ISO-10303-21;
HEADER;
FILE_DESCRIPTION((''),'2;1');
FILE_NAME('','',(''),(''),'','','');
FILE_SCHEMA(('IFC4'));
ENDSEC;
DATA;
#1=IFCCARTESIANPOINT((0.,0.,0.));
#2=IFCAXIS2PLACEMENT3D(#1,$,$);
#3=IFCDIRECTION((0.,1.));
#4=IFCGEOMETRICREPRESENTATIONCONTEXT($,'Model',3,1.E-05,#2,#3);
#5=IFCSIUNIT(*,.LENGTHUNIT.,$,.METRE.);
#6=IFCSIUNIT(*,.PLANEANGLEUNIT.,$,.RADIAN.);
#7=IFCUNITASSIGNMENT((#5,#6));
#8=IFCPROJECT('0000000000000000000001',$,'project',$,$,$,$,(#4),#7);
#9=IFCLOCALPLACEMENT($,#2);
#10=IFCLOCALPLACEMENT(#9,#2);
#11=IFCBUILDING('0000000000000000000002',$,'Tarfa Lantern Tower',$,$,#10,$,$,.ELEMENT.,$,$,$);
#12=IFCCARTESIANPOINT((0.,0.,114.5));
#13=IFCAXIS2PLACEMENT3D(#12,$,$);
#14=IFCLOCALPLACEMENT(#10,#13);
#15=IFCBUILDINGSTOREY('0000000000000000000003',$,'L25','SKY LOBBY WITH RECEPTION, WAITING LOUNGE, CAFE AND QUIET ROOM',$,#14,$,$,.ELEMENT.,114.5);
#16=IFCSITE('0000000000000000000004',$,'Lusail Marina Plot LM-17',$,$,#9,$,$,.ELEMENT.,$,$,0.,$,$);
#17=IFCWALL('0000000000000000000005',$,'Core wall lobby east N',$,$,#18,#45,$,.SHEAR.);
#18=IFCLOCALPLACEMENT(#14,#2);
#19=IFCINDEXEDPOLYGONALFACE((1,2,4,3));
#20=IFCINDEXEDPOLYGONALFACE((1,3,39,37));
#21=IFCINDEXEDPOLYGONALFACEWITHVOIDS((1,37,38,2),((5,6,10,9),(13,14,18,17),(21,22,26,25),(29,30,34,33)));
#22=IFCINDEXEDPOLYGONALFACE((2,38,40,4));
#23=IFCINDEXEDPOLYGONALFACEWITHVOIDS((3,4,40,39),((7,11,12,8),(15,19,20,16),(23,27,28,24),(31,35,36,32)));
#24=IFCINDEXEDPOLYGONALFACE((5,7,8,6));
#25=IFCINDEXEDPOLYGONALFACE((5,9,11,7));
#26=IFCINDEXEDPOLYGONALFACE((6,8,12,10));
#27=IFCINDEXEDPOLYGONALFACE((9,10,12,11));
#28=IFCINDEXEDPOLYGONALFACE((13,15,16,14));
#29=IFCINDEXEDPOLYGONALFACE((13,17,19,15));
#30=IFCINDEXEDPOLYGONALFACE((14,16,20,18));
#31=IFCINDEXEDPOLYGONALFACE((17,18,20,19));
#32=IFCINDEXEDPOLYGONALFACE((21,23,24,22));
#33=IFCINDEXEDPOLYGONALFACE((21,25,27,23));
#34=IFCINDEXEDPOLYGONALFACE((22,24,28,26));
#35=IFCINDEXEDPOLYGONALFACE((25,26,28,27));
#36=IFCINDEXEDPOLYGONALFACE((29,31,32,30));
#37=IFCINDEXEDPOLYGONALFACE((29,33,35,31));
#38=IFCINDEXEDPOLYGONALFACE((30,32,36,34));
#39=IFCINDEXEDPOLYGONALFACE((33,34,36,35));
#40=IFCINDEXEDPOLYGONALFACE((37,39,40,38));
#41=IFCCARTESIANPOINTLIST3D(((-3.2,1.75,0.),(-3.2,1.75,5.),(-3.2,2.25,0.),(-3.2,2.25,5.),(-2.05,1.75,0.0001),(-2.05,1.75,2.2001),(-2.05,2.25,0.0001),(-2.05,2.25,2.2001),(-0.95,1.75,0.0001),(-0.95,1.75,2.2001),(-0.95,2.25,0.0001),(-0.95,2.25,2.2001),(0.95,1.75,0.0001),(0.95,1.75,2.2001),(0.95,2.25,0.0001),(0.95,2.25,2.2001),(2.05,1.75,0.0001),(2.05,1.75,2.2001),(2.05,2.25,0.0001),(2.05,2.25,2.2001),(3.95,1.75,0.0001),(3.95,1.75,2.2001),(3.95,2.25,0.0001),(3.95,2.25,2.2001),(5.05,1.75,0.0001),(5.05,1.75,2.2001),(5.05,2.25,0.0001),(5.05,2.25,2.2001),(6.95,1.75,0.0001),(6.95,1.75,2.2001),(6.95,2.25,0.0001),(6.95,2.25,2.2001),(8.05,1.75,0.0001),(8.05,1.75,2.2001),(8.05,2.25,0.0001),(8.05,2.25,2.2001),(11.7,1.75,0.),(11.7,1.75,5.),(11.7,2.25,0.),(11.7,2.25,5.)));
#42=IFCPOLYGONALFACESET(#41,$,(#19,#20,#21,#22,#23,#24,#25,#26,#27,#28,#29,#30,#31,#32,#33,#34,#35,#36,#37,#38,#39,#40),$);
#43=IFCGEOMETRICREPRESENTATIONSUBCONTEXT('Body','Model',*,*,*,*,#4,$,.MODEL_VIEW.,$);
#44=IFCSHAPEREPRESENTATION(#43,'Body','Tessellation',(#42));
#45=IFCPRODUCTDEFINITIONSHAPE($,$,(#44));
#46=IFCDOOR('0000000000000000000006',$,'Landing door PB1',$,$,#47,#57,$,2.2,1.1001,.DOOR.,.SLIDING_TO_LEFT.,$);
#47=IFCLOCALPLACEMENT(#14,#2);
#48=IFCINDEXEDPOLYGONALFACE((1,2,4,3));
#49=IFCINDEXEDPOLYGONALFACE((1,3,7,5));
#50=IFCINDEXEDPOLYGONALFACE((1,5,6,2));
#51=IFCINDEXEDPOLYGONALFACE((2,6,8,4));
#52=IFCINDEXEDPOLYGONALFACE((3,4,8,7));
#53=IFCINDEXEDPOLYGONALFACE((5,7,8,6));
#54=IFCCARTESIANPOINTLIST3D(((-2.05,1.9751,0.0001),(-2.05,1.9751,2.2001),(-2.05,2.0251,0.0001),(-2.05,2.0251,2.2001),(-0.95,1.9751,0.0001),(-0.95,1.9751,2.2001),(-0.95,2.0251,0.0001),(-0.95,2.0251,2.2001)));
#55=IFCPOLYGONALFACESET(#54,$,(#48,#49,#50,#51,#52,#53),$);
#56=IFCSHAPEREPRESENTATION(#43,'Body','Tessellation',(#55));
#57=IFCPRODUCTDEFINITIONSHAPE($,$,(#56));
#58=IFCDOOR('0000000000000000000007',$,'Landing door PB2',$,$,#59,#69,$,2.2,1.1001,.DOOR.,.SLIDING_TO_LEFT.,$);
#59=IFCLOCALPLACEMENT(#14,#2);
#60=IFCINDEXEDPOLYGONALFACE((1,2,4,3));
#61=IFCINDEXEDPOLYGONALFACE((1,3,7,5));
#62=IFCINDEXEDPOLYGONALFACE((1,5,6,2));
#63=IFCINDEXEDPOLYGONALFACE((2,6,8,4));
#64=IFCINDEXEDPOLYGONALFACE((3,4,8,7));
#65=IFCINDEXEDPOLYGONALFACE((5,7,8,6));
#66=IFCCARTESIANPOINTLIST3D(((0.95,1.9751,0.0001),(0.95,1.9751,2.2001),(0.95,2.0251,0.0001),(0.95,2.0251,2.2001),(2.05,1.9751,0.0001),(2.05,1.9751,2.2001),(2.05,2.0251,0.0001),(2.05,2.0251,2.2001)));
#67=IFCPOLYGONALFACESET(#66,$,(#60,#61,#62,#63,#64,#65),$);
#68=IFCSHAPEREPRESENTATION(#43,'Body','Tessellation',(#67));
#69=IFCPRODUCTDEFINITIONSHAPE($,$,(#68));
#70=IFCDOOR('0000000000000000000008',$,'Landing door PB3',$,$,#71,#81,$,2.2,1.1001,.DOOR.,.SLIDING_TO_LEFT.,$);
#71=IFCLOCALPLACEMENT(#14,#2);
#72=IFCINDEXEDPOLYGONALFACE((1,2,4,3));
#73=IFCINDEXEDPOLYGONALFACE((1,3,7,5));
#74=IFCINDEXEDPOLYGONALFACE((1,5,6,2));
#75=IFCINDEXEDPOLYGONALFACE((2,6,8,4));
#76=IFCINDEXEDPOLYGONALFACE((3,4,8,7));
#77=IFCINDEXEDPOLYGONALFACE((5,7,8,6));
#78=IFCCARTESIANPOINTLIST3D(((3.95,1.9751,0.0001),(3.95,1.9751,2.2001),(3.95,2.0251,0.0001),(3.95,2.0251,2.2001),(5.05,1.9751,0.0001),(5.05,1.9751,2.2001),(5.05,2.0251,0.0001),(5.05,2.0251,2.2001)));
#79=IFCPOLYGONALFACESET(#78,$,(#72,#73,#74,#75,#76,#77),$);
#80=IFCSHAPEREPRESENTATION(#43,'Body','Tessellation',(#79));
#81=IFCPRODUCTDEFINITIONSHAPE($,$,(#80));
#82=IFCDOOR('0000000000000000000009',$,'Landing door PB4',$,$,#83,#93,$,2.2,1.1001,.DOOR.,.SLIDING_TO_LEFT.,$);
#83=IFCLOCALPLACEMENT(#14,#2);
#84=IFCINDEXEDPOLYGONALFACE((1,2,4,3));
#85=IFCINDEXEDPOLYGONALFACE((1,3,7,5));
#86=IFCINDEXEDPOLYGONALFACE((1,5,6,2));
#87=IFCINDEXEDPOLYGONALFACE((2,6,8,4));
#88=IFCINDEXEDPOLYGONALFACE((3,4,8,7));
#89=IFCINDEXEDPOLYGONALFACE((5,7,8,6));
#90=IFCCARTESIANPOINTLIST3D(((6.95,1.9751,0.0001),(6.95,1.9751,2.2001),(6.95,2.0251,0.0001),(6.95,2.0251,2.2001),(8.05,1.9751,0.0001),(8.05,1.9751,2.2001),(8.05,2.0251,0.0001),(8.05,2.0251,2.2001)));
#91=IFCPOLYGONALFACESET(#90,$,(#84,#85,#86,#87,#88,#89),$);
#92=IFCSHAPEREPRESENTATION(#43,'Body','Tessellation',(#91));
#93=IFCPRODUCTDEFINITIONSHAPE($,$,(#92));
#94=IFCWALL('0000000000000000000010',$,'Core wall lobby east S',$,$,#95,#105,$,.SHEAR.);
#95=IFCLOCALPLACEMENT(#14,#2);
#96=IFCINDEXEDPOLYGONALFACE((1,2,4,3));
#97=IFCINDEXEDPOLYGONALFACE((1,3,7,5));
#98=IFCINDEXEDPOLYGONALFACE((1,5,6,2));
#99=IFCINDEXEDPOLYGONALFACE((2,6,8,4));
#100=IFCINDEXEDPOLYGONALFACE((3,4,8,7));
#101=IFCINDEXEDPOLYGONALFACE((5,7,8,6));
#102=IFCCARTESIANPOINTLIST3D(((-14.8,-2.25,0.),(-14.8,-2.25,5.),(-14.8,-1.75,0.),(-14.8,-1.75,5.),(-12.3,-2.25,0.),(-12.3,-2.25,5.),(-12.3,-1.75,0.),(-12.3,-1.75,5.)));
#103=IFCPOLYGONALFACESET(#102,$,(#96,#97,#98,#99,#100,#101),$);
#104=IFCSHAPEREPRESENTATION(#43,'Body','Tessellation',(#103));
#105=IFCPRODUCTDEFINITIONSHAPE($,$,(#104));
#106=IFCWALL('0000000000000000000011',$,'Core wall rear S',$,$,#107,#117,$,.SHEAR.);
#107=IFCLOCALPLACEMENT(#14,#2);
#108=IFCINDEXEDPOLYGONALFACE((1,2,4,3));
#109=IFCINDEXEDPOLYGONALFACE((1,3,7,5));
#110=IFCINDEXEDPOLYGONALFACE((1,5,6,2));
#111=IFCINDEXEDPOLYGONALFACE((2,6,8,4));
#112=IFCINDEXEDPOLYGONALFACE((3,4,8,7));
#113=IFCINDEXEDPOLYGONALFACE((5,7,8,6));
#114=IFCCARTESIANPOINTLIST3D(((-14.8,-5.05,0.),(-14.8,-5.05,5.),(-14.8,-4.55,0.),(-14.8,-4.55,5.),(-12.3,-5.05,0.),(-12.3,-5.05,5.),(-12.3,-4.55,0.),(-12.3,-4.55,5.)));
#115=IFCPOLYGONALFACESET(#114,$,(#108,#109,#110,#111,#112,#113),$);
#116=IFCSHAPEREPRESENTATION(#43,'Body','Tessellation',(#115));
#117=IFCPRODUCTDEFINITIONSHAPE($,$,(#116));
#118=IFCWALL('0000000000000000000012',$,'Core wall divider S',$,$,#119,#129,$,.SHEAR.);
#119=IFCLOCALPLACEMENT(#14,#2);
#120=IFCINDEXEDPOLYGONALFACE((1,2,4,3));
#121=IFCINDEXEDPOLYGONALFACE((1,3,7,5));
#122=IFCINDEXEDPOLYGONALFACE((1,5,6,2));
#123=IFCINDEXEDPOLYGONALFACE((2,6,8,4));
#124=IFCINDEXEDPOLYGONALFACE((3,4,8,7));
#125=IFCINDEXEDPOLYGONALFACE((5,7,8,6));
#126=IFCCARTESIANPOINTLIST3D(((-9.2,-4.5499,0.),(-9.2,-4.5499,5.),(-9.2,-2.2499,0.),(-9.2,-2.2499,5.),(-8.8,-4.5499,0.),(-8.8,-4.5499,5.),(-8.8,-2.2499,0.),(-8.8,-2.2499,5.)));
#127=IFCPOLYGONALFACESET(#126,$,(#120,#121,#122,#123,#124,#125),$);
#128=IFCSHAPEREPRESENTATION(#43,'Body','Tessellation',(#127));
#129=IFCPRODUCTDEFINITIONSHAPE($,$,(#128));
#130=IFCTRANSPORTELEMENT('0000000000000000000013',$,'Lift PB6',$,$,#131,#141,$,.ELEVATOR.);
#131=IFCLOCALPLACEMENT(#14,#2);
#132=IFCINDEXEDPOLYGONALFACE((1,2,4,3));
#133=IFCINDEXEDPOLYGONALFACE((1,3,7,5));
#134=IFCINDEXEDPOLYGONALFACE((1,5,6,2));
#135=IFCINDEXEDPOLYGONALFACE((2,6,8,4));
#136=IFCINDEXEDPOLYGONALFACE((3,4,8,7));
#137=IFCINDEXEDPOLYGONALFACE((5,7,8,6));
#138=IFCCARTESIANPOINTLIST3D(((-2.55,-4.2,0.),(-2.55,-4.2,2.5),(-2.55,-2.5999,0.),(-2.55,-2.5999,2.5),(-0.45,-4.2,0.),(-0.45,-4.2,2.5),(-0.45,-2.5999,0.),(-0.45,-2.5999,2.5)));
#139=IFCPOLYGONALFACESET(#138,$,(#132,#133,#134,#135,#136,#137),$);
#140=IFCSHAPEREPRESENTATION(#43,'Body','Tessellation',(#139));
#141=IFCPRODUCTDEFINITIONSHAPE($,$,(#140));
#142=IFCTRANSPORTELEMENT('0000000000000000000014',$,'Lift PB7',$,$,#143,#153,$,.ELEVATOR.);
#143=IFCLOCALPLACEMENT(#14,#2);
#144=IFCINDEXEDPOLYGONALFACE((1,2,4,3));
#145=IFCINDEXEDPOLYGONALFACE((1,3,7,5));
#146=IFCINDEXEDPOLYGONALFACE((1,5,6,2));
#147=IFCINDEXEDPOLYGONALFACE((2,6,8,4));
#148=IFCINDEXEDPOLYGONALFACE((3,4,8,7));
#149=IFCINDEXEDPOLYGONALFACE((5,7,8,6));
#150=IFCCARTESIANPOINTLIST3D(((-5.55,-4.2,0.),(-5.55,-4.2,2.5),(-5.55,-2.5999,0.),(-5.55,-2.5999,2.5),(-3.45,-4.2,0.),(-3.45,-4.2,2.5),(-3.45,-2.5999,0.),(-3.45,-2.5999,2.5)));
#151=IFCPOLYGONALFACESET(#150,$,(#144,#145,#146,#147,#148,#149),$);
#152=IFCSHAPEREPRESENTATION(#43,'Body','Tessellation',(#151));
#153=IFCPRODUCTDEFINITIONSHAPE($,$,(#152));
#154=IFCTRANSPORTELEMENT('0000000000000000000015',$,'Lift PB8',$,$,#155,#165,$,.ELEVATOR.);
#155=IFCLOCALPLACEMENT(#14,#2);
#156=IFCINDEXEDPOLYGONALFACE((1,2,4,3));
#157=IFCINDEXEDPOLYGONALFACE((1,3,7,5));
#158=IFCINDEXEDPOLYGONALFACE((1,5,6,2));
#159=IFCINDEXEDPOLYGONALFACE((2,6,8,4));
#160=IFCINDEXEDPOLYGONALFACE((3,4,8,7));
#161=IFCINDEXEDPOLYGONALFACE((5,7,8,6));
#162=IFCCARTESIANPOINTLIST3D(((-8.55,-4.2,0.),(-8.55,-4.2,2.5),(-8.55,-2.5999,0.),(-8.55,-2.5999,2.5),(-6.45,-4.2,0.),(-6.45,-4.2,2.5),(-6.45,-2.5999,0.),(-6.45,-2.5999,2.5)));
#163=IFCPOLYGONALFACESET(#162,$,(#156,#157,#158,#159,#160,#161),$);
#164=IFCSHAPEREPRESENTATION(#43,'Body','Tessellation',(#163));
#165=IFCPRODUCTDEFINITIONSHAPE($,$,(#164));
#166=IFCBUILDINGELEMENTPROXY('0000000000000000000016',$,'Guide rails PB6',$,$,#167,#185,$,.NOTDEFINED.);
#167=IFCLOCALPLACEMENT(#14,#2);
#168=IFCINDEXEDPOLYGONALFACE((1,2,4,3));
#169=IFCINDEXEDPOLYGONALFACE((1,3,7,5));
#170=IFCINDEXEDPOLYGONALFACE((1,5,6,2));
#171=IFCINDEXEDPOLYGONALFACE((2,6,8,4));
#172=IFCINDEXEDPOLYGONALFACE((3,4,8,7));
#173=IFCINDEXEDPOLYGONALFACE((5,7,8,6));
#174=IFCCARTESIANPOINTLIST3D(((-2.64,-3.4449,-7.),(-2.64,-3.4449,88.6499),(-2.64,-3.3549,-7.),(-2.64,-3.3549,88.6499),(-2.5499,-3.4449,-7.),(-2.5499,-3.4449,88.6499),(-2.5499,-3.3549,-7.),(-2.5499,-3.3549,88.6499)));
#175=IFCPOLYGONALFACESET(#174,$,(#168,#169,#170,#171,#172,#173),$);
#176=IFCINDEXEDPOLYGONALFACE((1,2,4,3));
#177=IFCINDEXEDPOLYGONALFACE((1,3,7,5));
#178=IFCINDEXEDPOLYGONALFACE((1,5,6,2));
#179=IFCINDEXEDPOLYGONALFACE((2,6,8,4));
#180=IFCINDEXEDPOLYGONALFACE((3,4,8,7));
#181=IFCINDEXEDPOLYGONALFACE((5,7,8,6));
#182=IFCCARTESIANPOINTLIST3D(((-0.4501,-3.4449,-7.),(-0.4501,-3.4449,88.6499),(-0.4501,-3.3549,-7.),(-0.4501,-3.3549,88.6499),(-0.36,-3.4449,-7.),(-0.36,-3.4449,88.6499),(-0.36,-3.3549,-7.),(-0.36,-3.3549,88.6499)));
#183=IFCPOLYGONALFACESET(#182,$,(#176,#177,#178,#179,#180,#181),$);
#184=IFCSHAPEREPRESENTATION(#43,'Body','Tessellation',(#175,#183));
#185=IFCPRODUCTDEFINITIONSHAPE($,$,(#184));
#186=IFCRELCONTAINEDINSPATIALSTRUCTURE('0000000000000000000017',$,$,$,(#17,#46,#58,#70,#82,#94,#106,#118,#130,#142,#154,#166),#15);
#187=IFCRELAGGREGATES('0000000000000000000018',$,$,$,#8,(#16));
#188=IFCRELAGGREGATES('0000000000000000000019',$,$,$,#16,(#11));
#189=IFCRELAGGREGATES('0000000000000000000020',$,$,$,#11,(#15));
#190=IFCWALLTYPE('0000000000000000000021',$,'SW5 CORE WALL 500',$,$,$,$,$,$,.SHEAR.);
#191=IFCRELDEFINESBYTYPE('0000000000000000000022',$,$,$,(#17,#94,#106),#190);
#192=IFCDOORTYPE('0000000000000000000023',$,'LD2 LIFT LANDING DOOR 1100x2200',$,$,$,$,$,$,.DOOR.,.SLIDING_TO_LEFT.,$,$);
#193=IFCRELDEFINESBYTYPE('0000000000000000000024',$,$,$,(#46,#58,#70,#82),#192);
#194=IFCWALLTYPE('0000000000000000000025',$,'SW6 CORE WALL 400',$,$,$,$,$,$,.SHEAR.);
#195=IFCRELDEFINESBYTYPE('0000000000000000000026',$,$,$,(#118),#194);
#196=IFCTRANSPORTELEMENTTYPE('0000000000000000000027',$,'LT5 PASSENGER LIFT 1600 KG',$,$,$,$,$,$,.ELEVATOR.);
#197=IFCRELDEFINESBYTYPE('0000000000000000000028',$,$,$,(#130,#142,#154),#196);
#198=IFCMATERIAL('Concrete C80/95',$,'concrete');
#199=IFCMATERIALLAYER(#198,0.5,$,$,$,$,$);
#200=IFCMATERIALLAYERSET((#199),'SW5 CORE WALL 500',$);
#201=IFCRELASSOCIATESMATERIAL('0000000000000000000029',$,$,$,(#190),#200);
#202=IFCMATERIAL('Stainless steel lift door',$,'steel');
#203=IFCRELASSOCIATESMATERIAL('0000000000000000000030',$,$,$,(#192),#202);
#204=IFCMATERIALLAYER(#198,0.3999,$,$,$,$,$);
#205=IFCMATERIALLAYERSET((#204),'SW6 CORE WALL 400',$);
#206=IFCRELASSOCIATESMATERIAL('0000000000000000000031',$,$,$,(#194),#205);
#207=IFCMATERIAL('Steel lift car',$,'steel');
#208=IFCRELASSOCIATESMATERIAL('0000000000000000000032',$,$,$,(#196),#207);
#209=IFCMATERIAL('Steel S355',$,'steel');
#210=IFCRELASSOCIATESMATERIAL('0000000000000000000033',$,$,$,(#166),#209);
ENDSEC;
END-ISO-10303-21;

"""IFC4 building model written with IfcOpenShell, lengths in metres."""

from ifc_helpers import new_model, si_unit, direction, frame, frame_2d, origin, origin_2d, place, context, subcontext, project, spatial, rectangle, extrude, material, layer, layer_set, type_object, element, fill, save


model = new_model("IFC4")

# Units and contexts
model_context = context("Model", 3, precision=1e-05, world=origin(), true_north=direction((0.0, 1.0)))
body_context = subcontext(model_context, "Body", "Model", "MODEL_VIEW")
ifc_project = project(units=[si_unit("LENGTHUNIT", "METRE"), si_unit("PLANEANGLEUNIT", "RADIAN")], contexts=[model_context])

# Site, building, storey
site_placement = place(None, origin())
site = spatial("IfcSite", under=ifc_project, at=site_placement, Name="Lusail Marina Plot LM-17", CompositionType="ELEMENT", RefElevation=0.0)
building_placement = place(site_placement, origin())
building = spatial("IfcBuilding", under=site, at=building_placement, Name="Tarfa Lantern Tower", CompositionType="ELEMENT")
storey_placement = place(building_placement, frame((0.0, 0.0, 114.5)))
storey = spatial("IfcBuildingStorey", under=building, at=storey_placement, Name="L25", Description="SKY LOBBY WITH RECEPTION, WAITING LOUNGE, CAFE AND QUIET ROOM", CompositionType="ELEMENT", Elevation=114.5)

# Shared definitions
ifc_material_1 = material(Name="Concrete C80/95", Category="concrete")
ifc_layer_1 = layer(ifc_material_1, 0.5)
ifc_layer_set_1 = layer_set([ifc_layer_1], Name="SW5 CORE WALL 500")
wall_type_1 = type_object("IfcWallType", Name="SW5 CORE WALL 500", PredefinedType="SHEAR", material=ifc_layer_set_1)

# Wall, openings, doors
wall_1_placement = place(storey_placement, frame((-3.2, 2.0, 0.0), z_axis=(0.0, 0.0, 1.0), x_axis=(1.0, 0.0, 0.0)))
wall_1 = element("IfcWall", 1, at=wall_1_placement, inside=storey, type_object=wall_type_1, Name="Core wall lobby east N", PredefinedType="SHEAR", context=body_context, shape_type="SweptSolid", body=[
    extrude(rectangle(XDim=14.8999, YDim=0.5, at=frame_2d((7.45, 0.0))), origin(), (0.0, 0.0, 1.0), 5.0),
])
opening_1_placement = place(wall_1_placement, frame((1.1499, 0.0, 0.0)))
opening_1 = element("IfcOpeningElement", 2, at=opening_1_placement, cuts=wall_1, PredefinedType="OPENING", context=body_context, shape_type="SweptSolid", body=[
    extrude(rectangle(XDim=1.1001, YDim=2.2, at=frame_2d((0.55, 1.1001))), frame((0.0, 0.26, 0.0), z_axis=(0.0, -1.0, 0.0), x_axis=(1.0, 0.0, 0.0)), (0.0, 0.0, 1.0), 0.52),
])
opening_2_placement = place(wall_1_placement, frame((4.1499, 0.0, 0.0)))
opening_2 = element("IfcOpeningElement", 3, at=opening_2_placement, cuts=wall_1, PredefinedType="OPENING", context=body_context, shape_type="SweptSolid", body=[
    extrude(rectangle(XDim=1.1001, YDim=2.2, at=frame_2d((0.55, 1.1001))), frame((0.0, 0.26, 0.0), z_axis=(0.0, -1.0, 0.0), x_axis=(1.0, 0.0, 0.0)), (0.0, 0.0, 1.0), 0.52),
])
opening_3_placement = place(wall_1_placement, frame((7.1499, 0.0, 0.0)))
opening_3 = element("IfcOpeningElement", 4, at=opening_3_placement, cuts=wall_1, PredefinedType="OPENING", context=body_context, shape_type="SweptSolid", body=[
    extrude(rectangle(XDim=1.1001, YDim=2.2, at=frame_2d((0.55, 1.1001))), frame((0.0, 0.26, 0.0), z_axis=(0.0, -1.0, 0.0), x_axis=(1.0, 0.0, 0.0)), (0.0, 0.0, 1.0), 0.52),
])
opening_4_placement = place(wall_1_placement, frame((10.1499, 0.0, 0.0)))
opening_4 = element("IfcOpeningElement", 5, at=opening_4_placement, cuts=wall_1, PredefinedType="OPENING", context=body_context, shape_type="SweptSolid", body=[
    extrude(rectangle(XDim=1.1001, YDim=2.2, at=frame_2d((0.55, 1.1001))), frame((0.0, 0.26, 0.0), z_axis=(0.0, -1.0, 0.0), x_axis=(1.0, 0.0, 0.0)), (0.0, 0.0, 1.0), 0.52),
])
ifc_material_2 = material(Name="Stainless steel lift door", Category="steel")
door_type = type_object("IfcDoorType", Name="LD2 LIFT LANDING DOOR 1100x2200", OperationType="SLIDING_TO_LEFT", PredefinedType="DOOR", material=ifc_material_2)
door_1_placement = place(opening_1_placement, frame((1.1001, 0.0, 0.0), z_axis=(0.0, 0.0, 1.0), x_axis=(-1.0, 0.0, 0.0)))
door_1 = element("IfcDoor", 6, at=door_1_placement, inside=storey, type_object=door_type, Name="Landing door PB1", OperationType="SLIDING_TO_LEFT", OverallHeight=2.2, OverallWidth=1.1001, PredefinedType="DOOR", context=body_context, shape_type="SweptSolid", body=[
    extrude(rectangle(XDim=1.1001, YDim=2.2, at=frame_2d((0.55, 1.1001))), frame((0.0, 0.0249, 0.0), z_axis=(0.0, -1.0, 0.0), x_axis=(1.0, 0.0, 0.0)), (0.0, 0.0, 1.0), 0.05),
])
fill(opening_1, door_1)
door_2_placement = place(opening_2_placement, frame((1.1001, 0.0, 0.0), z_axis=(0.0, 0.0, 1.0), x_axis=(-1.0, 0.0, 0.0)))
door_2 = element("IfcDoor", 7, at=door_2_placement, inside=storey, type_object=door_type, Name="Landing door PB2", OperationType="SLIDING_TO_LEFT", OverallHeight=2.2, OverallWidth=1.1001, PredefinedType="DOOR", context=body_context, shape_type="SweptSolid", body=[
    extrude(rectangle(XDim=1.1001, YDim=2.2, at=frame_2d((0.55, 1.1001))), frame((0.0, 0.0249, 0.0), z_axis=(0.0, -1.0, 0.0), x_axis=(1.0, 0.0, 0.0)), (0.0, 0.0, 1.0), 0.05),
])
fill(opening_2, door_2)
door_3_placement = place(opening_3_placement, frame((1.1001, 0.0, 0.0), z_axis=(0.0, 0.0, 1.0), x_axis=(-1.0, 0.0, 0.0)))
door_3 = element("IfcDoor", 8, at=door_3_placement, inside=storey, type_object=door_type, Name="Landing door PB3", OperationType="SLIDING_TO_LEFT", OverallHeight=2.2, OverallWidth=1.1001, PredefinedType="DOOR", context=body_context, shape_type="SweptSolid", body=[
    extrude(rectangle(XDim=1.1001, YDim=2.2, at=frame_2d((0.55, 1.1001))), frame((0.0, 0.0249, 0.0), z_axis=(0.0, -1.0, 0.0), x_axis=(1.0, 0.0, 0.0)), (0.0, 0.0, 1.0), 0.05),
])
fill(opening_3, door_3)
door_4_placement = place(opening_4_placement, frame((1.1001, 0.0, 0.0), z_axis=(0.0, 0.0, 1.0), x_axis=(-1.0, 0.0, 0.0)))
door_4 = element("IfcDoor", 9, at=door_4_placement, inside=storey, type_object=door_type, Name="Landing door PB4", OperationType="SLIDING_TO_LEFT", OverallHeight=2.2, OverallWidth=1.1001, PredefinedType="DOOR", context=body_context, shape_type="SweptSolid", body=[
    extrude(rectangle(XDim=1.1001, YDim=2.2, at=frame_2d((0.55, 1.1001))), frame((0.0, 0.0249, 0.0), z_axis=(0.0, -1.0, 0.0), x_axis=(1.0, 0.0, 0.0)), (0.0, 0.0, 1.0), 0.05),
])
fill(opening_4, door_4)

# Walls
for number, where, z_axis, x_axis, name in (
    (10, (-12.3, -2.0, 0.0), (0.0, 0.0, 1.0), (-1.0, 0.0, 0.0), "Core wall lobby east S"),
    (11, (-12.3, -4.8, 0.0), (0.0, 0.0, 1.0), (-1.0, 0.0, 0.0), "Core wall rear S"),
):
    element("IfcWall", number, at=place(storey_placement, frame(where, z_axis=z_axis, x_axis=x_axis)), inside=storey, type_object=wall_type_1, Name=name, PredefinedType="SHEAR", context=body_context, shape_type="SweptSolid", body=[
        extrude(rectangle(XDim=2.5, YDim=0.5, at=frame_2d((1.25, 0.0))), origin(), (0.0, 0.0, 1.0), 5.0),
    ])
ifc_layer_2 = layer(ifc_material_1, 0.3999)
ifc_layer_set_2 = layer_set([ifc_layer_2], Name="SW6 CORE WALL 400")
wall_type_2 = type_object("IfcWallType", Name="SW6 CORE WALL 400", PredefinedType="SHEAR", material=ifc_layer_set_2)
wall_2_placement = place(storey_placement, frame((-9.0, -2.25, 0.0), z_axis=(0.0, 0.0, 1.0), x_axis=(0.0, -1.0, 0.0)))
element("IfcWall", 12, at=wall_2_placement, inside=storey, type_object=wall_type_2, Name="Core wall divider S", PredefinedType="SHEAR", context=body_context, shape_type="SweptSolid", body=[
    extrude(rectangle(XDim=2.3, YDim=0.3999, at=frame_2d((1.1499, 0.0))), origin(), (0.0, 0.0, 1.0), 5.0),
])

# Transport elements
ifc_material_3 = material(Name="Steel lift car", Category="steel")
transport_element_type = type_object("IfcTransportElementType", Name="LT5 PASSENGER LIFT 1600 KG", PredefinedType="ELEVATOR", material=ifc_material_3)
for number, where, z_axis, x_axis, name in (
    (13, (-1.5, -3.3999, 0.0), (0.0, 0.0, 1.0), (1.0, 0.0, 0.0), "Lift PB6"),
    (14, (-4.5, -3.3999, 0.0), (0.0, 0.0, 1.0), (1.0, 0.0, 0.0), "Lift PB7"),
    (15, (-7.5, -3.3999, 0.0), (0.0, 0.0, 1.0), (1.0, 0.0, 0.0), "Lift PB8"),
):
    element("IfcTransportElement", number, at=place(storey_placement, frame(where, z_axis=z_axis, x_axis=x_axis)), inside=storey, type_object=transport_element_type, Name=name, PredefinedType="ELEVATOR", context=body_context, shape_type="SweptSolid", body=[
        extrude(rectangle(XDim=2.1001, YDim=1.6001, at=origin_2d()), origin(), (0.0, 0.0, 1.0), 2.5),
    ])

# Building element proxy
ifc_material_4 = material(Name="Steel S355", Category="steel")
for number, where, z_axis, x_axis, name in (
    (16, (-2.595, -3.3999, -7.0), (0.0, 0.0, 1.0), (1.0, 0.0, 0.0), "Guide rails PB6"),
):
    element("IfcBuildingElementProxy", number, at=place(storey_placement, frame(where, z_axis=z_axis, x_axis=x_axis)), inside=storey, material=ifc_material_4, Name=name, PredefinedType="NOTDEFINED", context=body_context, shape_type="SweptSolid", body=[
        extrude(rectangle(XDim=0.0901, YDim=0.0901, at=origin_2d()), origin(), (0.0, 0.0, 1.0), 95.6499),
        extrude(rectangle(XDim=0.0901, YDim=0.0901, at=frame_2d((2.1899, 0.0))), origin(), (0.0, 0.0, 1.0), 95.6499),
    ])

save(model, "model.ifc")
